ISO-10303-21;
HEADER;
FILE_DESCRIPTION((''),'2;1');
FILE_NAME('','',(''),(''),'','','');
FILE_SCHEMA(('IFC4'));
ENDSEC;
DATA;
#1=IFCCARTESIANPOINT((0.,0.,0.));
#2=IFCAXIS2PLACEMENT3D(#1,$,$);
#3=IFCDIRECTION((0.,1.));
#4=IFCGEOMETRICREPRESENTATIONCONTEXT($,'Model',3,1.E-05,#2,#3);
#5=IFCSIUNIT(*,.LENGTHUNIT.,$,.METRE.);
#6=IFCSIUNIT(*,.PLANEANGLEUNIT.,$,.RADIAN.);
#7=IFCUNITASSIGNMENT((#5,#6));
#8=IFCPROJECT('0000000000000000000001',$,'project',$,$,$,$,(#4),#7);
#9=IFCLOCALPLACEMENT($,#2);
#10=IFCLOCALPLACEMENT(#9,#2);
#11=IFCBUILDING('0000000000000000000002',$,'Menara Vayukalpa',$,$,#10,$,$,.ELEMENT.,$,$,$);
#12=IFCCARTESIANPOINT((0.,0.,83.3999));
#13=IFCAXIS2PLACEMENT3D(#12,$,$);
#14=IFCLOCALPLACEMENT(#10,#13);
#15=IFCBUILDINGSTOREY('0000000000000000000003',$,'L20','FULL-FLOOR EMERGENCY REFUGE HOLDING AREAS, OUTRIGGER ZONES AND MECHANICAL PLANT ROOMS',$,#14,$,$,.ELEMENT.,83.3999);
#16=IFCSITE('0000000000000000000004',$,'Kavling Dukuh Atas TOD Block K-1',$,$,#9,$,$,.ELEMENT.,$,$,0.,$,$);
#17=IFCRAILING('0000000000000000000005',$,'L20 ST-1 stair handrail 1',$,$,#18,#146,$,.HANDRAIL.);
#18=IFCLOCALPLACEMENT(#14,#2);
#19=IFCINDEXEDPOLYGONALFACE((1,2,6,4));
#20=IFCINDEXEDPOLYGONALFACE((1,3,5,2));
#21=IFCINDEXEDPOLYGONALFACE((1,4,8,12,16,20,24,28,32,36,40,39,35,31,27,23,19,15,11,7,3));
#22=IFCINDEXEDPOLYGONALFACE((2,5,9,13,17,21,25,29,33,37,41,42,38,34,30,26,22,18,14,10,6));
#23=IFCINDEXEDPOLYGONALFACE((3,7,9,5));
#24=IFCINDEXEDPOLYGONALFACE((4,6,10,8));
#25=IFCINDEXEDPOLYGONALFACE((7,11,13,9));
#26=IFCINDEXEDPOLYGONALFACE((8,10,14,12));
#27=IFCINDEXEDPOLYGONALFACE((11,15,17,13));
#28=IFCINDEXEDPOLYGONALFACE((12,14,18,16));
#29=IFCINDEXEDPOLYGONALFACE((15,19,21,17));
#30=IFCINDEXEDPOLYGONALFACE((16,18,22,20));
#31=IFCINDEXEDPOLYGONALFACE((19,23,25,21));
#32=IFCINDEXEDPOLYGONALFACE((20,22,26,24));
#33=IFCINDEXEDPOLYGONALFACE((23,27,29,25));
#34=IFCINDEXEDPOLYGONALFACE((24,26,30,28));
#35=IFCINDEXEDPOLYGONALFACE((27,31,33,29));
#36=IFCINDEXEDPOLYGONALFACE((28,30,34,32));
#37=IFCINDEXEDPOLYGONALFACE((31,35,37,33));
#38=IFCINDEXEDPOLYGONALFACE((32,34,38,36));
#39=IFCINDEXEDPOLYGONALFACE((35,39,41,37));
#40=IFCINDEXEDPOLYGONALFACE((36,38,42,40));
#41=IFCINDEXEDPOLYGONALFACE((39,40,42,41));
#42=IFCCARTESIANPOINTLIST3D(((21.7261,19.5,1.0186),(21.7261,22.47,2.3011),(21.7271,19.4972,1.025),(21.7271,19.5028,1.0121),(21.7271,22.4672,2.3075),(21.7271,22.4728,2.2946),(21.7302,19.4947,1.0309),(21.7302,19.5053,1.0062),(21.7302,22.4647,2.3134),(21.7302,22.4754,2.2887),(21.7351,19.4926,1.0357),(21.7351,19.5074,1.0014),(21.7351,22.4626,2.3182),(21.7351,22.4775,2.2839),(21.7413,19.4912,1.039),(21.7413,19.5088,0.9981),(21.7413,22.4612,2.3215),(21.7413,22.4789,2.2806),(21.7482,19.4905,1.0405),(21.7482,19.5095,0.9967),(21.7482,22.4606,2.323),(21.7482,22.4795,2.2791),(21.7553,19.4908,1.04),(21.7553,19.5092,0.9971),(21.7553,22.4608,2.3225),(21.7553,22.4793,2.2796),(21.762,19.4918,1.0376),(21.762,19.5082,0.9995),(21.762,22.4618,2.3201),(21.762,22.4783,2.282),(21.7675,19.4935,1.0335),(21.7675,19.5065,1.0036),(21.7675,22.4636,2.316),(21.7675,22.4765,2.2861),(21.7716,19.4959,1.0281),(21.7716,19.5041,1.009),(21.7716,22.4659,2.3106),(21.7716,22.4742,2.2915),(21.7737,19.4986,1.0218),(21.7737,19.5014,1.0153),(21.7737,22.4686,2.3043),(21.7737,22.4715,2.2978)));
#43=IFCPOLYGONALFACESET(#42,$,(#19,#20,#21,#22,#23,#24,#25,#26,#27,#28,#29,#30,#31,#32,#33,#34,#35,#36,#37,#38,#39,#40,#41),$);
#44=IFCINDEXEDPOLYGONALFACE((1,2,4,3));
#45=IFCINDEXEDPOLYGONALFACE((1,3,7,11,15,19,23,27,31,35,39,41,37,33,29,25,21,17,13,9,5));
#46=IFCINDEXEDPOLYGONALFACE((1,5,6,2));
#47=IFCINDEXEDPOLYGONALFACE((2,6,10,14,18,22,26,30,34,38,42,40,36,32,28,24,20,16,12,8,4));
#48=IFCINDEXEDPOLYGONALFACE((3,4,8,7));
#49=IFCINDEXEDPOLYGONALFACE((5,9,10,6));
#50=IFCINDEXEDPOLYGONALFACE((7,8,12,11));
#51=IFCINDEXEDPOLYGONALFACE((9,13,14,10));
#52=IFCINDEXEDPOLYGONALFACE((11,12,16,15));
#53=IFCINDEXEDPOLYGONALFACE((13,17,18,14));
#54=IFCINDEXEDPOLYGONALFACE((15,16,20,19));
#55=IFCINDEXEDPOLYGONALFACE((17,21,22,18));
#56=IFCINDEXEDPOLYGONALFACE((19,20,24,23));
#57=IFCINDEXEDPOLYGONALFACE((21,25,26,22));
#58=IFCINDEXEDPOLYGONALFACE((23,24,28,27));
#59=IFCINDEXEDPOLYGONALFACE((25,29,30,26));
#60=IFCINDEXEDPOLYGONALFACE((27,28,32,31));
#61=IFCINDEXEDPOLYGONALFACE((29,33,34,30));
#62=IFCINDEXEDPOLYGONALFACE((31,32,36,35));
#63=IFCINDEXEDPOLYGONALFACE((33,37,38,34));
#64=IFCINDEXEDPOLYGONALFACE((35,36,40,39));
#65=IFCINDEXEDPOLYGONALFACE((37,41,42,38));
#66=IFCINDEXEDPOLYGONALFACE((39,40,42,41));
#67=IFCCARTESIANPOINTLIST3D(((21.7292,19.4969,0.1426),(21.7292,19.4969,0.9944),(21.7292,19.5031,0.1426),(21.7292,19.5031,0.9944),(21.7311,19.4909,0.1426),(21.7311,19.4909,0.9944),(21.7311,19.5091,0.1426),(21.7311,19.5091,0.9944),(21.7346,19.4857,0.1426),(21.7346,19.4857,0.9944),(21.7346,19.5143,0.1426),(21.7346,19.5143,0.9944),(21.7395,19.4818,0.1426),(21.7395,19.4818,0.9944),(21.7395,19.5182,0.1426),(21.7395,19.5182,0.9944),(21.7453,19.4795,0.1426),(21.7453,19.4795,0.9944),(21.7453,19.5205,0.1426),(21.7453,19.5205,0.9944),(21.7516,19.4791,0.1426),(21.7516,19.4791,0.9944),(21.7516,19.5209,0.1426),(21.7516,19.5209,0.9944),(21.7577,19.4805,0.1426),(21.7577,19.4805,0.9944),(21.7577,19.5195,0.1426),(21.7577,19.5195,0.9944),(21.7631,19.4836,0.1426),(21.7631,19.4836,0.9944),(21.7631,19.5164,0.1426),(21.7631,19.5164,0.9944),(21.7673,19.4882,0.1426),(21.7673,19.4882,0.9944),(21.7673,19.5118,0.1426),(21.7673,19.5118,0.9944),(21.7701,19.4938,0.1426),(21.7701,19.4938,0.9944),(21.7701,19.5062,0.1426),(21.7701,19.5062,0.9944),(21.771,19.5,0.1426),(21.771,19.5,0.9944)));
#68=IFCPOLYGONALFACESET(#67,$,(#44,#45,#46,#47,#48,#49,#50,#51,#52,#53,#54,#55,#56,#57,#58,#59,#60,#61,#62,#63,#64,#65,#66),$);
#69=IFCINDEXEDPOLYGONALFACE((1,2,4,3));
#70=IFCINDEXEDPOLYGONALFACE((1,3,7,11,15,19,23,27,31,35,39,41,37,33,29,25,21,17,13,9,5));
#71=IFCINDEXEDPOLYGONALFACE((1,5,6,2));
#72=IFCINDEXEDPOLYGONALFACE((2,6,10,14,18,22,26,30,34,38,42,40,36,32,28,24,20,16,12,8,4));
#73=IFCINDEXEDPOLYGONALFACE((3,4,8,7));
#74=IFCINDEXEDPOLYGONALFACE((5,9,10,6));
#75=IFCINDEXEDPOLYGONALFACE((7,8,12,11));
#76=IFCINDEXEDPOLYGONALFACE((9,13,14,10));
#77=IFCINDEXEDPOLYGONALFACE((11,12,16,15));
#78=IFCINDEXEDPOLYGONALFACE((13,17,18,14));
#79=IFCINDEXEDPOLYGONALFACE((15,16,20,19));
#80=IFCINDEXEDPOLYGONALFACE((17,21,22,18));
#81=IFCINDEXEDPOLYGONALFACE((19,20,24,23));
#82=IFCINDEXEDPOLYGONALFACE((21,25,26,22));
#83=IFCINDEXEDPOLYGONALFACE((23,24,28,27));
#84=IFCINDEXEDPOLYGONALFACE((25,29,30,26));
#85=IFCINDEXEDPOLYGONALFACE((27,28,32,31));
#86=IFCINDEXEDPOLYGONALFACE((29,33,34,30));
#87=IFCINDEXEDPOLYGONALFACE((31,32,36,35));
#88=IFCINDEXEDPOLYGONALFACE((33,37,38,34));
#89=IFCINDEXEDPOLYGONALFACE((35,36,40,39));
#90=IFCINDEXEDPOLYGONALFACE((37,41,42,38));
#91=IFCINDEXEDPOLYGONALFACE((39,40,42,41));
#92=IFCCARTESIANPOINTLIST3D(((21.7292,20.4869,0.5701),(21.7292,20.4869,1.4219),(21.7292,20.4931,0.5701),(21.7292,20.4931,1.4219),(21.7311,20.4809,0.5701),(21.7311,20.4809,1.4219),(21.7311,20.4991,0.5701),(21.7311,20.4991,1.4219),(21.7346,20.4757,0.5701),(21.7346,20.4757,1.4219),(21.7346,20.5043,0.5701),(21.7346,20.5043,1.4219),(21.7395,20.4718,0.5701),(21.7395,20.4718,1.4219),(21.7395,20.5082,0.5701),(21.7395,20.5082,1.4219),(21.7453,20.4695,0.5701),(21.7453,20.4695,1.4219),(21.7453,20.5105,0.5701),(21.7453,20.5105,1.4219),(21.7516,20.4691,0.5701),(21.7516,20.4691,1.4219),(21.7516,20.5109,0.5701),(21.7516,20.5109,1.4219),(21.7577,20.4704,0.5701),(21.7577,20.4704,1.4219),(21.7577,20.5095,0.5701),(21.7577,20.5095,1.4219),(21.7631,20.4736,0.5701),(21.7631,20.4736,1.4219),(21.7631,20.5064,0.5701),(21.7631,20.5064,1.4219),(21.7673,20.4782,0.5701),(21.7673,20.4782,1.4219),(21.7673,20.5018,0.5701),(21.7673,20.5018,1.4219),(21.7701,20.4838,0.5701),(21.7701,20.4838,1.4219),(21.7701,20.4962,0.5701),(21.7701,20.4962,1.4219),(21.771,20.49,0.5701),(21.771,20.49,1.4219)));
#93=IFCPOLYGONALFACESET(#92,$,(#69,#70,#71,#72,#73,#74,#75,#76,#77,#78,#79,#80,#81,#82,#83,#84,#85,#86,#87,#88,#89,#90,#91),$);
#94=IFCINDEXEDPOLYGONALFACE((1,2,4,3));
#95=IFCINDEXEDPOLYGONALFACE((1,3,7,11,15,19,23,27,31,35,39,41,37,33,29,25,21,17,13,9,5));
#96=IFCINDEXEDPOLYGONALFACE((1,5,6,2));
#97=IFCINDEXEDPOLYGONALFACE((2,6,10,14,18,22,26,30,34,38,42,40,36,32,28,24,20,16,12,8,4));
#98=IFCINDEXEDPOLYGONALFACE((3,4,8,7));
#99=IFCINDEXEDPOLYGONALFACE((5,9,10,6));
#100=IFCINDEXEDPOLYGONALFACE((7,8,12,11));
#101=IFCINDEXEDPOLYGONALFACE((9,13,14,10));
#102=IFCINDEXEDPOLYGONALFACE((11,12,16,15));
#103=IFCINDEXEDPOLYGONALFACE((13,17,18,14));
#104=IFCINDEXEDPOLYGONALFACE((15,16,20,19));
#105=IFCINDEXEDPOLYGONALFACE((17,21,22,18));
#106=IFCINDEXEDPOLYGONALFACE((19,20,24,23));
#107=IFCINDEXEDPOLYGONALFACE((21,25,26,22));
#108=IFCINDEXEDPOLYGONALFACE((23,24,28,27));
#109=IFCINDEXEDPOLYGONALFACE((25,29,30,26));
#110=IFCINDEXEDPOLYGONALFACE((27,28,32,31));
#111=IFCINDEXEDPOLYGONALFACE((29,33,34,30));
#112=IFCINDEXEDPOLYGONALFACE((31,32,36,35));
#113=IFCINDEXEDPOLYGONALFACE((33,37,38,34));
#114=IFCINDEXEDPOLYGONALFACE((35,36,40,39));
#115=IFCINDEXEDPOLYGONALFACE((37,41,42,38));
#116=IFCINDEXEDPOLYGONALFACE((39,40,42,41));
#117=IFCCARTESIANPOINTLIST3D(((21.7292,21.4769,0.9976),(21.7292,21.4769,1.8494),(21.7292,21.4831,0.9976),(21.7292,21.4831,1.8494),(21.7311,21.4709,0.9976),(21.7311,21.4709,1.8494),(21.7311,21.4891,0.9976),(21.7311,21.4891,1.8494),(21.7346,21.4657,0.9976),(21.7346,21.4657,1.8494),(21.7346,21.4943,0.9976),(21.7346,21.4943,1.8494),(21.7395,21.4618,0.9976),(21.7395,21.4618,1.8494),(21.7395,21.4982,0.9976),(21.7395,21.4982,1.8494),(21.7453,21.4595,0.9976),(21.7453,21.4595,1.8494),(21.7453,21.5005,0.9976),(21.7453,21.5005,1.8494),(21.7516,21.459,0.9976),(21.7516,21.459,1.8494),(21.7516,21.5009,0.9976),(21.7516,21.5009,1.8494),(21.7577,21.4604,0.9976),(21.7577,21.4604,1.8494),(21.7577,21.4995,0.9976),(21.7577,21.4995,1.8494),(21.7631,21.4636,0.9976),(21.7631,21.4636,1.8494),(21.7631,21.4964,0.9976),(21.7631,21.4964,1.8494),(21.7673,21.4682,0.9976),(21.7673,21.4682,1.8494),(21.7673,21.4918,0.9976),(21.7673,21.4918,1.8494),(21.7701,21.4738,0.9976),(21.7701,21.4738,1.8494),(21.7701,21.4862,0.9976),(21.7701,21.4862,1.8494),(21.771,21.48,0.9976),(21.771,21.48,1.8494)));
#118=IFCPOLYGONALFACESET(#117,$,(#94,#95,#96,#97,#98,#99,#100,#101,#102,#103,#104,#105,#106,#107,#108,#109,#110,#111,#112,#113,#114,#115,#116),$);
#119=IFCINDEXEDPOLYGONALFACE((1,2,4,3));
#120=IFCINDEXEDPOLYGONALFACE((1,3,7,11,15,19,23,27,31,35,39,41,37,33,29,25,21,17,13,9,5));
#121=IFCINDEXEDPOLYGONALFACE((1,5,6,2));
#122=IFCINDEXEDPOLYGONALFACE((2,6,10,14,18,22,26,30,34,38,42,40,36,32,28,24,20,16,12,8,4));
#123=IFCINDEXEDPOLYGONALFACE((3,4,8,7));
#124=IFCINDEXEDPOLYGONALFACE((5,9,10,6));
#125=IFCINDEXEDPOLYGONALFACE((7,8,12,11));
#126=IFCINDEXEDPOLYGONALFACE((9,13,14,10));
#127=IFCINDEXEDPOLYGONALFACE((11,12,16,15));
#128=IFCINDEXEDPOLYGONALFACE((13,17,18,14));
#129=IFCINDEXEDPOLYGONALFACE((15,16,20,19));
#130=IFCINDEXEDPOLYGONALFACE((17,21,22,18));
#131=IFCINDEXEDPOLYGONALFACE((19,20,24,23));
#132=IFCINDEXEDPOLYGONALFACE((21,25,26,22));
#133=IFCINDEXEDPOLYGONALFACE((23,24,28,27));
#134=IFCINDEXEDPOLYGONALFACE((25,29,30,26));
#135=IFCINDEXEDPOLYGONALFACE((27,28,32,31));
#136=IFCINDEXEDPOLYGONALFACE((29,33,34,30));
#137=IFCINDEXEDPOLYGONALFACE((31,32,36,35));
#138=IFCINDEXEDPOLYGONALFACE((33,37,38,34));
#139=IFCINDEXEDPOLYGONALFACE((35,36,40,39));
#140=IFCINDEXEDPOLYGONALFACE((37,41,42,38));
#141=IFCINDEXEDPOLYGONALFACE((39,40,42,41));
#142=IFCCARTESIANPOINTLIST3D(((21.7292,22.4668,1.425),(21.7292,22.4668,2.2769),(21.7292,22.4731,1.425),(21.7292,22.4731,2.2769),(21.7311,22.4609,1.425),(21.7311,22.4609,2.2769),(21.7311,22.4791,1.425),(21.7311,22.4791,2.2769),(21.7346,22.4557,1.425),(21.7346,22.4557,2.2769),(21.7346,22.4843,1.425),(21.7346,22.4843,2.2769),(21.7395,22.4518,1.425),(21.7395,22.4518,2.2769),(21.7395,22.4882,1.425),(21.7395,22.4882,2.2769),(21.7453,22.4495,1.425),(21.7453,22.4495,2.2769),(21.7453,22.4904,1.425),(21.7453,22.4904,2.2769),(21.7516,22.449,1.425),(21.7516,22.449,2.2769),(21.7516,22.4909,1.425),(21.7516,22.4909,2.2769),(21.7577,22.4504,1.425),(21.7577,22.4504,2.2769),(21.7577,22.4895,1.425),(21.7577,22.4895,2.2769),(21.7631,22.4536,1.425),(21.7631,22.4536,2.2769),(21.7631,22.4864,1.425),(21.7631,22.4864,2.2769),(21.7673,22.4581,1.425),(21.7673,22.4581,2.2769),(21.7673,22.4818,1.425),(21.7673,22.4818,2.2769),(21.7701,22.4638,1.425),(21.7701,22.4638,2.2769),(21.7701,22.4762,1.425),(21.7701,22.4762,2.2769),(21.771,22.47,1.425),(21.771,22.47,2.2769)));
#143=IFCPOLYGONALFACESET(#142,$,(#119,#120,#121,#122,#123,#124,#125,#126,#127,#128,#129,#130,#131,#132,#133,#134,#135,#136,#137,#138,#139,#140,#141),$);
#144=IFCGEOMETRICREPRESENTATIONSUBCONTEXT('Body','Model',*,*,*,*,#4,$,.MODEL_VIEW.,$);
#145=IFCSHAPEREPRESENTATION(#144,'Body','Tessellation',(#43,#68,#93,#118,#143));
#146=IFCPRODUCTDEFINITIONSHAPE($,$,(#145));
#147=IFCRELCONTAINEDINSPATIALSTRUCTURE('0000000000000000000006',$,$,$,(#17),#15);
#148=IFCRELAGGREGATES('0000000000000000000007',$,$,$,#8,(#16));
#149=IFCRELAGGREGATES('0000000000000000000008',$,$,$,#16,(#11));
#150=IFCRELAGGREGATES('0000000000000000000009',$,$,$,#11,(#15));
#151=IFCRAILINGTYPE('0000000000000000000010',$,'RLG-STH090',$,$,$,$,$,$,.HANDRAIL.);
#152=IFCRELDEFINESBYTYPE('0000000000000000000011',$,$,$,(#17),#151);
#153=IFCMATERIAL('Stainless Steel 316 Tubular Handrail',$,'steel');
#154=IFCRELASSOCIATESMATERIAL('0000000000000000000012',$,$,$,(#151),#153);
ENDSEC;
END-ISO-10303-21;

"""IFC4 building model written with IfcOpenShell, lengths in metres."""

from ifc_helpers import new_model, si_unit, direction, frame, origin, origin_2d, place, context, subcontext, project, spatial, circle, extrude, material, type_object, element, save


model = new_model("IFC4")

# Units and contexts
model_context = context("Model", 3, precision=1e-05, world=origin(), true_north=direction((0.0, 1.0)))
body_context = subcontext(model_context, "Body", "Model", "MODEL_VIEW")
ifc_project = project(units=[si_unit("LENGTHUNIT", "METRE"), si_unit("PLANEANGLEUNIT", "RADIAN")], contexts=[model_context])

# Site, building, storey
site_placement = place(None, origin())
site = spatial("IfcSite", under=ifc_project, at=site_placement, Name="Kavling Dukuh Atas TOD Block K-1", CompositionType="ELEMENT", RefElevation=0.0)
building_placement = place(site_placement, origin())
building = spatial("IfcBuilding", under=site, at=building_placement, Name="Menara Vayukalpa", CompositionType="ELEMENT")
storey_placement = place(building_placement, frame((0.0, 0.0, 83.3999)))
storey = spatial("IfcBuildingStorey", under=building, at=storey_placement, Name="L20", Description="FULL-FLOOR EMERGENCY REFUGE HOLDING AREAS, OUTRIGGER ZONES AND MECHANICAL PLANT ROOMS", CompositionType="ELEMENT", Elevation=83.3999)

# Railing
ifc_material_1 = material(Name="Stainless Steel 316 Tubular Handrail", Category="steel")
railing_type_1 = type_object("IfcRailingType", Name="RLG-STH090", PredefinedType="HANDRAIL", material=ifc_material_1)
for number, where, name in (
    (1, (21.75, 19.5, 0.1426), "L20 ST-1 stair handrail 1"),
):
    element("IfcRailing", number, at=place(storey_placement, frame(where)), inside=storey, type_object=railing_type_1, Name=name, PredefinedType="HANDRAIL", context=body_context, shape_type="SweptSolid", body=[
        extrude(circle(Radius=0.0239, at=origin_2d()), frame((0.0, 0.0, 0.876), z_axis=(0.0, 0.918064, 0.396432), x_axis=(-1.0, 0.0, 0.0)), (0.0, 0.0, 1.0), 3.2351),
        extrude(circle(Radius=0.021, at=origin_2d()), origin(), (0.0, 0.0, 1.0), 0.8518),
        extrude(circle(Radius=0.021, at=origin_2d()), frame((0.0, 0.99, 0.4275)), (0.0, 0.0, 1.0), 0.8518),
        extrude(circle(Radius=0.021, at=origin_2d()), frame((0.0, 1.98, 0.855)), (0.0, 0.0, 1.0), 0.8518),
        extrude(circle(Radius=0.021, at=origin_2d()), frame((0.0, 2.97, 1.2825)), (0.0, 0.0, 1.0), 0.8518),
    ])

save(model, "model.ifc")
